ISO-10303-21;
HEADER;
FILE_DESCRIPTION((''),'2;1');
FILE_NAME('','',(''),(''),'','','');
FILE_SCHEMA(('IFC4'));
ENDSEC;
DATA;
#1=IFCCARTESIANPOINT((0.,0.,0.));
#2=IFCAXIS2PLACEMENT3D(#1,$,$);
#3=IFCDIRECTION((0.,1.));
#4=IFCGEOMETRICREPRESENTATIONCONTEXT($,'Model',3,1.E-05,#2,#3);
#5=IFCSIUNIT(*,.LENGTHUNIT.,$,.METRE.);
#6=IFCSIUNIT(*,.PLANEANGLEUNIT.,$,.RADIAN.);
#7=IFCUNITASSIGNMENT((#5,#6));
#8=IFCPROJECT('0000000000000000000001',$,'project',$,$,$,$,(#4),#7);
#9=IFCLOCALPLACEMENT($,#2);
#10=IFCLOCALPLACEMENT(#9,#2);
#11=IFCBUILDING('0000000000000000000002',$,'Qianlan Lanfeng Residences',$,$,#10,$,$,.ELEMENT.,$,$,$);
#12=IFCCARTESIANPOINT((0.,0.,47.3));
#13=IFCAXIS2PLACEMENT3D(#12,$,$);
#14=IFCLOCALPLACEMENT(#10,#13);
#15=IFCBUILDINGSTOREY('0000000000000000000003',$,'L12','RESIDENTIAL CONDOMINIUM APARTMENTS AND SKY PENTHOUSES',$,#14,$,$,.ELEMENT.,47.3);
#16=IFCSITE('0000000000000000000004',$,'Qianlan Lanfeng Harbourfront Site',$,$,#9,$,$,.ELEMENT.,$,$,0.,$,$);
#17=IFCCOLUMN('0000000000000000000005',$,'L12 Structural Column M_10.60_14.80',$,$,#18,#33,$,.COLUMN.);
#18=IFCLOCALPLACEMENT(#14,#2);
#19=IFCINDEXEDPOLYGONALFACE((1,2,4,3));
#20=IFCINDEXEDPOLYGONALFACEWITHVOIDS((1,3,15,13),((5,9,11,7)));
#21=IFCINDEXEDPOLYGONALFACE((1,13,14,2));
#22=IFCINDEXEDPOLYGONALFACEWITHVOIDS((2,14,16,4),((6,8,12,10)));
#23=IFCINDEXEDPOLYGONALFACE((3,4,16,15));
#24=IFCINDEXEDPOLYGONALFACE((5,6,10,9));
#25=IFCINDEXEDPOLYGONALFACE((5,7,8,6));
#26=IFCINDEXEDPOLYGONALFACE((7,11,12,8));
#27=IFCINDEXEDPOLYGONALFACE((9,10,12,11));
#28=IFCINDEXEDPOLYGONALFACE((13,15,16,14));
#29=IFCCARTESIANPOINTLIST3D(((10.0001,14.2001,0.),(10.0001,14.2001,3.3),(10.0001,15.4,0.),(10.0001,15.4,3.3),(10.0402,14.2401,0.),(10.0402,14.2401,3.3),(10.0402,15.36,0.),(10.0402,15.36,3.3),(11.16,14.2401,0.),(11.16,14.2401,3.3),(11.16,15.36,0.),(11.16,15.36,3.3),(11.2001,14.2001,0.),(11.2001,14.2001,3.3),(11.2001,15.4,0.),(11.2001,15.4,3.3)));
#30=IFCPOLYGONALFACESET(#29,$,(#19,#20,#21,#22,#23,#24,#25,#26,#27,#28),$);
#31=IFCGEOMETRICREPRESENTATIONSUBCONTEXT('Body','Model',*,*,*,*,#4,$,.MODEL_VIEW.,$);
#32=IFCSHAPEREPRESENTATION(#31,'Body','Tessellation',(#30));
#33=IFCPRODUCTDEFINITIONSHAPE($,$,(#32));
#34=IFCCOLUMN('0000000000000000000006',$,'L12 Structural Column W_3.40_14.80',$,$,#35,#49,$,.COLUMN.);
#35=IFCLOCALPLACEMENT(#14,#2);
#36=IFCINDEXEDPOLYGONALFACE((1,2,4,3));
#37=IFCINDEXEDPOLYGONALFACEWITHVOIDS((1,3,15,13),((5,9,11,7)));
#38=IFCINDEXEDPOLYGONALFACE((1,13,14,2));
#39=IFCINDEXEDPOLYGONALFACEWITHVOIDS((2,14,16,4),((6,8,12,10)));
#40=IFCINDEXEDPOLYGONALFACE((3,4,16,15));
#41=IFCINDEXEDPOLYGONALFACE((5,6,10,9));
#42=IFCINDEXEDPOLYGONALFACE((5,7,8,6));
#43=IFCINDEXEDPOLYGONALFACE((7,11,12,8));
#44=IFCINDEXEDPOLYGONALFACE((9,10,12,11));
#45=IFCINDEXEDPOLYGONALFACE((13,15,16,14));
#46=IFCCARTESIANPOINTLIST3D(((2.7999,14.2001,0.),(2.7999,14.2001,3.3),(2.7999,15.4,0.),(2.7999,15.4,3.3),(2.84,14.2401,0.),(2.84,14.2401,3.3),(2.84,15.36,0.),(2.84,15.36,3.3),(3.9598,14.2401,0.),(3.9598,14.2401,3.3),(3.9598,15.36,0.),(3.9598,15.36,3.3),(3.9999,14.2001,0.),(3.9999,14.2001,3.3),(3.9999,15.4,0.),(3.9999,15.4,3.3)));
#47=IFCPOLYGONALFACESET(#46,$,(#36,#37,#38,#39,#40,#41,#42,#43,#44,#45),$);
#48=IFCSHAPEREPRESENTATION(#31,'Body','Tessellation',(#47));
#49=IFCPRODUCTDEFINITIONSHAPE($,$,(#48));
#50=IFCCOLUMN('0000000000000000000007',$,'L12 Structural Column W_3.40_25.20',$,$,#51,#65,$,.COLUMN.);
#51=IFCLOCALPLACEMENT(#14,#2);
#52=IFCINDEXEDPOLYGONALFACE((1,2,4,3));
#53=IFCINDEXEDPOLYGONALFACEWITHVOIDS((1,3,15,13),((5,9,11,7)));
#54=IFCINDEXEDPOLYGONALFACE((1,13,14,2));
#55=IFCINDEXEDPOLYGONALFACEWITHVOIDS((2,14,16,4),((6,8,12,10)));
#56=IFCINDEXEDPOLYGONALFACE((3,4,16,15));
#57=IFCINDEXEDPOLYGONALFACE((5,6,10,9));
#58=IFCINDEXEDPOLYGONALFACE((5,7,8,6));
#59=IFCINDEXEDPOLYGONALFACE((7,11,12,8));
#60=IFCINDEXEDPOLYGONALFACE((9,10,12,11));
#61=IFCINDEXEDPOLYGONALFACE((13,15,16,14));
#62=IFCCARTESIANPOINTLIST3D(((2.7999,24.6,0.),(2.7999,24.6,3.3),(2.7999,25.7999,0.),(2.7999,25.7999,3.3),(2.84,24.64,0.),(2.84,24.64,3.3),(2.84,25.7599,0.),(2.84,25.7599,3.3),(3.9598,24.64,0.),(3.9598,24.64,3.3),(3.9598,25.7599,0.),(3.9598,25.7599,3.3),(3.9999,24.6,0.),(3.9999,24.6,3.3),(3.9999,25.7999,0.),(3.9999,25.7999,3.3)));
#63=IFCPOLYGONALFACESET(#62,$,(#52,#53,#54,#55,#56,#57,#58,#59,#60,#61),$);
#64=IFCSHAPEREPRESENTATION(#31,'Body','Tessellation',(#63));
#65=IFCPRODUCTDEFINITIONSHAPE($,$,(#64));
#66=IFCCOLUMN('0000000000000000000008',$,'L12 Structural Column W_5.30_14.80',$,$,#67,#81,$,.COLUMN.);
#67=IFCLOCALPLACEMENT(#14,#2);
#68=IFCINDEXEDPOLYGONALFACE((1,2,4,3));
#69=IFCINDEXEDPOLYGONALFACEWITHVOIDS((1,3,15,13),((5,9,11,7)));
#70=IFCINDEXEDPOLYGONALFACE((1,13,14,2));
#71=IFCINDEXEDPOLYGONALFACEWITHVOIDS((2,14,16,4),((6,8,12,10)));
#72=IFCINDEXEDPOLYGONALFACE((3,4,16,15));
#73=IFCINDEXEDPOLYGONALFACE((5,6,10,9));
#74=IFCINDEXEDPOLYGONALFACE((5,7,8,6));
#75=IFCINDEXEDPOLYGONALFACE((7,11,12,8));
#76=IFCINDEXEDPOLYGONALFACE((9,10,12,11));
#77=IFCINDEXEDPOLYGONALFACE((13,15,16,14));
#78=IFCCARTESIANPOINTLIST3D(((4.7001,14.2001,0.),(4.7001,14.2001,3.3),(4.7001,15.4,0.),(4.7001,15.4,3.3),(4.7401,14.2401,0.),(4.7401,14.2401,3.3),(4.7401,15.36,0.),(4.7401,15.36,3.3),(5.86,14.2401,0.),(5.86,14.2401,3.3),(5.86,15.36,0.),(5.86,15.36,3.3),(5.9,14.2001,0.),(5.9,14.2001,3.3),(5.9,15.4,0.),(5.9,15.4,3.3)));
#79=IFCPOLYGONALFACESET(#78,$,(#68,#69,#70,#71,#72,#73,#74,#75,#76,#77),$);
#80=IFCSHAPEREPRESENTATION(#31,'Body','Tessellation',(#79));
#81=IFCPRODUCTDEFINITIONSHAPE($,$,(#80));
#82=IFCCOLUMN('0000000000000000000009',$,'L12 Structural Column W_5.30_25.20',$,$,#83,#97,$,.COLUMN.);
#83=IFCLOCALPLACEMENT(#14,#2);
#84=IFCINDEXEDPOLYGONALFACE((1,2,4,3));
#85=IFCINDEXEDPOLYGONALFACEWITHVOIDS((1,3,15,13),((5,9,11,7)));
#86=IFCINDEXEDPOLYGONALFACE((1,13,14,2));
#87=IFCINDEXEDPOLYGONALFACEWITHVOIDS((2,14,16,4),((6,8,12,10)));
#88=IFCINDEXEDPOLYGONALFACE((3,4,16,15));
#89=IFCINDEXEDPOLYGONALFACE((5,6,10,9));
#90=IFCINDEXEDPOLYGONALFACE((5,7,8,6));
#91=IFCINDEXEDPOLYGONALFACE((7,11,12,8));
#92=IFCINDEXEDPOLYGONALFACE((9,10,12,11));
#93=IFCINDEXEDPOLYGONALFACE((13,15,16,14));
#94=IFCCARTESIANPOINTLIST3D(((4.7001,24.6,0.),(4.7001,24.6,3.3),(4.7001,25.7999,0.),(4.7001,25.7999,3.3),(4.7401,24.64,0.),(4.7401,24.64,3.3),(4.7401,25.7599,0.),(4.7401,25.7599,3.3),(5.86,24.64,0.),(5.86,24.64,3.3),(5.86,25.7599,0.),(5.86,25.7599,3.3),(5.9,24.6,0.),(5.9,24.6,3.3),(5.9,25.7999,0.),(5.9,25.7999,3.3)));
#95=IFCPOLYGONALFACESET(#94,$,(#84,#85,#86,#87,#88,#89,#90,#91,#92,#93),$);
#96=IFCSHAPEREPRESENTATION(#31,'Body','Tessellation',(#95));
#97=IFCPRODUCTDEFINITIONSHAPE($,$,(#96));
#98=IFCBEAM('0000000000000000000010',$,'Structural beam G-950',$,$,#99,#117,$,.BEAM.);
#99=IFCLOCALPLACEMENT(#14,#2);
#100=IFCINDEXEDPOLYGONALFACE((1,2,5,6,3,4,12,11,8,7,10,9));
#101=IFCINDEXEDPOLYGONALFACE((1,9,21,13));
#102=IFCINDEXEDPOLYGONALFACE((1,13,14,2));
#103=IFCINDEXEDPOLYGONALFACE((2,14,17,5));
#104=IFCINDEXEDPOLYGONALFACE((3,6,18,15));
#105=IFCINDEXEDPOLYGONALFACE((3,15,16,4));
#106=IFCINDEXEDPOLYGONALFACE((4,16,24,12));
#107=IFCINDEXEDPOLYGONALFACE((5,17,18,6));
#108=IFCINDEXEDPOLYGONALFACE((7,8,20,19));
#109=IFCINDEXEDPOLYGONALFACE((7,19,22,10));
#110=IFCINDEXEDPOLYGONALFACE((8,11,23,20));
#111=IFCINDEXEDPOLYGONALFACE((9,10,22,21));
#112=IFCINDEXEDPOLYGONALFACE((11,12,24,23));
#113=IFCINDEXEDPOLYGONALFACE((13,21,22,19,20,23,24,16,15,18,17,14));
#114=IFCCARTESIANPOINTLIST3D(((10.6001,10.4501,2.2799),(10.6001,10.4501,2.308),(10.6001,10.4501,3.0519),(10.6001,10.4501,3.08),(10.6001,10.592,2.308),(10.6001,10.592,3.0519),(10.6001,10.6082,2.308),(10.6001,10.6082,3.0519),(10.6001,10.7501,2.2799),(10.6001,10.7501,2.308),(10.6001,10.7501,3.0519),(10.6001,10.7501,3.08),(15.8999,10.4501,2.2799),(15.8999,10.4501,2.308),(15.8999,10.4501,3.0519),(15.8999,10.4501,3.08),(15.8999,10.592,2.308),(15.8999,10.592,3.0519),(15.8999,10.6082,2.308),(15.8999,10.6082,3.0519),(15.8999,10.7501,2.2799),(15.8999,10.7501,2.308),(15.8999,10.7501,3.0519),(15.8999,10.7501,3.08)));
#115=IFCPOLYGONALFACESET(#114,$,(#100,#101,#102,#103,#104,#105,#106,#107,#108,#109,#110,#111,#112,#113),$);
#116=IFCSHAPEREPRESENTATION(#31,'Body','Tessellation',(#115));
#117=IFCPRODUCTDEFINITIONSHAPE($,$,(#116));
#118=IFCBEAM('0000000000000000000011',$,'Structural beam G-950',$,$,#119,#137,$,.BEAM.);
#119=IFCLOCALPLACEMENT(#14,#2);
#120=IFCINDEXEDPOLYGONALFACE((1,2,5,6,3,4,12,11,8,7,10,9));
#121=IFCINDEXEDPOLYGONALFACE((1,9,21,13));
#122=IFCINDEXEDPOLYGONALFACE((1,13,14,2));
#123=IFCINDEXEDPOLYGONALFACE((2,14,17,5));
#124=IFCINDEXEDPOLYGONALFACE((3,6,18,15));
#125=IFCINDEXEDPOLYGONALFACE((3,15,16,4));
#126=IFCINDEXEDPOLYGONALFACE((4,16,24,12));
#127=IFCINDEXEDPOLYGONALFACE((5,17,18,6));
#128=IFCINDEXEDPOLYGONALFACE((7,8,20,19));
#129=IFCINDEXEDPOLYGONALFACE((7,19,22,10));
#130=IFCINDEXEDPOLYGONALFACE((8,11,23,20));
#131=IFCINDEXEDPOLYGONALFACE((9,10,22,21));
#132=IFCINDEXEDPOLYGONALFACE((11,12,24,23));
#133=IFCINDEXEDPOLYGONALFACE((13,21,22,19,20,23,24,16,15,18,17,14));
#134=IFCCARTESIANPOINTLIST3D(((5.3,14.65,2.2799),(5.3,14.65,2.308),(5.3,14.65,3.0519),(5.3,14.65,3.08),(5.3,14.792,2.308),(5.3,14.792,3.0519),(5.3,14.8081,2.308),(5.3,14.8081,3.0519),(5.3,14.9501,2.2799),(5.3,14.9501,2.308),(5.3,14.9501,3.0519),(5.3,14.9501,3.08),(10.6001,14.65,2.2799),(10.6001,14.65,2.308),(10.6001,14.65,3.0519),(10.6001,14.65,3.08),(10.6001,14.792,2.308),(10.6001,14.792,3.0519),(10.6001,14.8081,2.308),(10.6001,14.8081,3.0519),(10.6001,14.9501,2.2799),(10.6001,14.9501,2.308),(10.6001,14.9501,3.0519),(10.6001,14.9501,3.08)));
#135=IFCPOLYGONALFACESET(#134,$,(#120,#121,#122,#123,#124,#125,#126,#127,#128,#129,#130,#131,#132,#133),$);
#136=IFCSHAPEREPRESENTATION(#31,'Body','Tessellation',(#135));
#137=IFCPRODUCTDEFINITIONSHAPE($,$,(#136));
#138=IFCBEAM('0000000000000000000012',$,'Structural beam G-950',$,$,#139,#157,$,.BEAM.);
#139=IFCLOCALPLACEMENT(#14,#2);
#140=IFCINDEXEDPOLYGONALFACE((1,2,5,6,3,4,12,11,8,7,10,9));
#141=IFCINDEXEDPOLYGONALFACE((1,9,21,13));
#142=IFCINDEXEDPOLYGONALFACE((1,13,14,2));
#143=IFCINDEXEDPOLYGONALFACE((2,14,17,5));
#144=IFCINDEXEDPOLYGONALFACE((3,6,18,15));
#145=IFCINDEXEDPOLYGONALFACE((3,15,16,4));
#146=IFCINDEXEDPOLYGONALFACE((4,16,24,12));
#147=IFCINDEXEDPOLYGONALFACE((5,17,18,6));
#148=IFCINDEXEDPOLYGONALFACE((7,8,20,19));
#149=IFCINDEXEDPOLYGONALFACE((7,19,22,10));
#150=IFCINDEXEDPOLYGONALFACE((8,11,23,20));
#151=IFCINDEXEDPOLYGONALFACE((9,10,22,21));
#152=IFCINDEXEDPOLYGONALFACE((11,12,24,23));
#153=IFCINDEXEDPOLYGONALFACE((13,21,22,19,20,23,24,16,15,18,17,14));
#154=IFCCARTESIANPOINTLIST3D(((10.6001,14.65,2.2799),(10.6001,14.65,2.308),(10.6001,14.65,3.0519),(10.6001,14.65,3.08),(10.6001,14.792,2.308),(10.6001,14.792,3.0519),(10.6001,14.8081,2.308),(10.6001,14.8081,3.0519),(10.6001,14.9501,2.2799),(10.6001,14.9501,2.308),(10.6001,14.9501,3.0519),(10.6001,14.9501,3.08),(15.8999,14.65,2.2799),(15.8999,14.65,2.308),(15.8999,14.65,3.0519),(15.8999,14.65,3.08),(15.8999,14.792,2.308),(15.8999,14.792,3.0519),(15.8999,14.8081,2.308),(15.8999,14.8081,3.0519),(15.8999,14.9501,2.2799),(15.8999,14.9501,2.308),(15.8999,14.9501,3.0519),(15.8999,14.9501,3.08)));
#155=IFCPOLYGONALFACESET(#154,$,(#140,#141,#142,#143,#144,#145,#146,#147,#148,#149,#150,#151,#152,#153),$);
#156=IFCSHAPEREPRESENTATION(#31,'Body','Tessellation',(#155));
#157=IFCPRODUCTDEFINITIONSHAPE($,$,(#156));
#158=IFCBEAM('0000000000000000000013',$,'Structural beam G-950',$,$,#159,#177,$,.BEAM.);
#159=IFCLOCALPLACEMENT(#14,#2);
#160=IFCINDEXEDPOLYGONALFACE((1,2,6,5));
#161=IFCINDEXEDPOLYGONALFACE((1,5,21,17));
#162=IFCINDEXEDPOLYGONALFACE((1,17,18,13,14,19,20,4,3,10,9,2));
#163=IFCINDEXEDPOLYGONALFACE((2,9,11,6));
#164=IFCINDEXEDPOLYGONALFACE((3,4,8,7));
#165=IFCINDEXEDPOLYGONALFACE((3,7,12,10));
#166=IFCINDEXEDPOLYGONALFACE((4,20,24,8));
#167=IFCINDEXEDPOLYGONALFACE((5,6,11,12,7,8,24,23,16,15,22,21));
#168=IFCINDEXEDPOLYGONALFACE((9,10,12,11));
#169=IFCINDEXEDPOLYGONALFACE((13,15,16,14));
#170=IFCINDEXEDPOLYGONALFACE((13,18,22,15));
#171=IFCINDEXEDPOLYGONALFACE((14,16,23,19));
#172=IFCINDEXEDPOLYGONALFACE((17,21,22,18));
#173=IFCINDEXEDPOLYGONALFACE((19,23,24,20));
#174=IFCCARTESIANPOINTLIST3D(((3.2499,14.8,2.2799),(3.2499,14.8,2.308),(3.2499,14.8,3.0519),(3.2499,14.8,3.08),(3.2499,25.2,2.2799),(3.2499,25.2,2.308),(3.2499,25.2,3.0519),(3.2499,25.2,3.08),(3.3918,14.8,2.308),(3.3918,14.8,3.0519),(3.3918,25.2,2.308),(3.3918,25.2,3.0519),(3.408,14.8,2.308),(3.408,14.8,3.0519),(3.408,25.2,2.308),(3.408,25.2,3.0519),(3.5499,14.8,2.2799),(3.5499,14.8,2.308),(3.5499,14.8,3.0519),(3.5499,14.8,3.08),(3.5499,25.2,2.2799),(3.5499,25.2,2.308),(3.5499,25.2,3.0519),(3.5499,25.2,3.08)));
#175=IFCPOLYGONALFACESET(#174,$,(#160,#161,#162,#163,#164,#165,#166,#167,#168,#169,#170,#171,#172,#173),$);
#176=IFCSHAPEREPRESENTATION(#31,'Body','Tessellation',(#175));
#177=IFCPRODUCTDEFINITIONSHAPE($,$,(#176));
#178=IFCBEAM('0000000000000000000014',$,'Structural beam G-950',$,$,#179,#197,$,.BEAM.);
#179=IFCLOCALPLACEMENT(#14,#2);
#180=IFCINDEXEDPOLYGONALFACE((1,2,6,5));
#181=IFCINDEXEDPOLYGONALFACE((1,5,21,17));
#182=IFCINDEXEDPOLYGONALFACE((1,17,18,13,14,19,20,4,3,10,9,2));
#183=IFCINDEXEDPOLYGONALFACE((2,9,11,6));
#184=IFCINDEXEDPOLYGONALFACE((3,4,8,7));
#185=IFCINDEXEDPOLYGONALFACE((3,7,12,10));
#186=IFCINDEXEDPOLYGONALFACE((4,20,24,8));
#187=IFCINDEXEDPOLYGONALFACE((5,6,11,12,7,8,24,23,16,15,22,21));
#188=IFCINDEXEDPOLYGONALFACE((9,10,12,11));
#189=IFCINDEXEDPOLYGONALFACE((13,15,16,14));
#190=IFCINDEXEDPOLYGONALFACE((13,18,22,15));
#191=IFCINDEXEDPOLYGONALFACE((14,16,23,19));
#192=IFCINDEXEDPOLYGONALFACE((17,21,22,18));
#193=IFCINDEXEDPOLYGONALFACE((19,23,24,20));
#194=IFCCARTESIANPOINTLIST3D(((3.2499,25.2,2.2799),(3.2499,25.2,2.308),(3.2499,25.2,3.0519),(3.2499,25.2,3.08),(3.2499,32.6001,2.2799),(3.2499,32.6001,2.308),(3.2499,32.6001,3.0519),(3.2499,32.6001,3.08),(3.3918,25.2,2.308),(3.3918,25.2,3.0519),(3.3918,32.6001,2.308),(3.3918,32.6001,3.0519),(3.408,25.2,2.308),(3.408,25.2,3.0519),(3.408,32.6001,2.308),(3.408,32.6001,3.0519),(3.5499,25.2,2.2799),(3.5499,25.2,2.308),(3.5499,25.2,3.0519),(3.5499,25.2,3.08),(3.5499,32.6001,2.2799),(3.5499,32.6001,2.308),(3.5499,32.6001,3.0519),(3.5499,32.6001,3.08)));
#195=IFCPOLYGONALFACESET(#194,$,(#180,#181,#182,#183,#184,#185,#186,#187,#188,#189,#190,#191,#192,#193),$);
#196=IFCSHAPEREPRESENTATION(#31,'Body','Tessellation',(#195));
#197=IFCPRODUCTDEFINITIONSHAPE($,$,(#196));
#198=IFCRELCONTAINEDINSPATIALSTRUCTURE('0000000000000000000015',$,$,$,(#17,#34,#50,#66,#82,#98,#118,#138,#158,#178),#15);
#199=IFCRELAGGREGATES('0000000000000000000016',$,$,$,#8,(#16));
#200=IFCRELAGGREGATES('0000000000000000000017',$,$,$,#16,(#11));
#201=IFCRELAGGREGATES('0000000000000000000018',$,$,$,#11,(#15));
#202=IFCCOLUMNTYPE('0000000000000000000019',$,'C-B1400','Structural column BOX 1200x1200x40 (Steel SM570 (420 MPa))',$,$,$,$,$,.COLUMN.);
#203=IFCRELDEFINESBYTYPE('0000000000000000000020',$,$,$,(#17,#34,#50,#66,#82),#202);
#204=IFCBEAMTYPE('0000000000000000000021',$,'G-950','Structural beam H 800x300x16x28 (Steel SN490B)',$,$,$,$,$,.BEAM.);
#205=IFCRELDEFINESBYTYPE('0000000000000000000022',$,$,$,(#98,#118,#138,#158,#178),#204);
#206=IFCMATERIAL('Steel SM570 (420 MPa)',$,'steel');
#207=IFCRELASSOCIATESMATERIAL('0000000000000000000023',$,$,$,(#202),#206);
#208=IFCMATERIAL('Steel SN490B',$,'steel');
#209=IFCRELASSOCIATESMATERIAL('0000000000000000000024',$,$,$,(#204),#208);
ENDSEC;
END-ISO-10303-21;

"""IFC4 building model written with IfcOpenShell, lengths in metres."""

from ifc_helpers import new_model, si_unit, direction, frame, origin, origin_2d, place, context, subcontext, project, spatial, hollow_rectangle, i_section, extrude, material, material_profile, profile_set, type_object, element, save


model = new_model("IFC4")

# Units and contexts
model_context = context("Model", 3, precision=1e-05, world=origin(), true_north=direction((0.0, 1.0)))
body_context = subcontext(model_context, "Body", "Model", "MODEL_VIEW")
ifc_project = project(units=[si_unit("LENGTHUNIT", "METRE"), si_unit("PLANEANGLEUNIT", "RADIAN")], contexts=[model_context])

# Site, building, storey
site_placement = place(None, origin())
site = spatial("IfcSite", under=ifc_project, at=site_placement, Name="Qianlan Lanfeng Harbourfront Site", CompositionType="ELEMENT", RefElevation=0.0)
building_placement = place(site_placement, origin())
building = spatial("IfcBuilding", under=site, at=building_placement, Name="Qianlan Lanfeng Residences", CompositionType="ELEMENT")
storey_placement = place(building_placement, frame((0.0, 0.0, 47.3)))
storey = spatial("IfcBuildingStorey", under=building, at=storey_placement, Name="L12", Description="RESIDENTIAL CONDOMINIUM APARTMENTS AND SKY PENTHOUSES", CompositionType="ELEMENT", Elevation=47.3)

# Columns
ifc_material_1 = material(Name="Steel SM570 (420 MPa)", Category="steel")
ifc_material_profile_1 = material_profile(ifc_material_1, hollow_rectangle(XDim=1.2, YDim=1.2, WallThickness=0.04, at=origin_2d()), Name="BOX 1200x1200x40")
ifc_profile_set_1 = profile_set([ifc_material_profile_1], Name="Steel SM570 (420 MPa)")
column_type = type_object("IfcColumnType", Name="C-B1400", Description="Structural column BOX 1200x1200x40 (Steel SM570 (420 MPa))", PredefinedType="COLUMN", material=ifc_profile_set_1)
for number, where, z_axis, x_axis, name in (
    (1, (10.6001, 14.8, 0.0), (0.0, 0.0, 1.0), (1.0, 0.0, 0.0), "L12 Structural Column M_10.60_14.80"),
    (2, (3.3999, 14.8, 0.0), (0.0, 0.0, 1.0), (1.0, 0.0, 0.0), "L12 Structural Column W_3.40_14.80"),
    (3, (3.3999, 25.2, 0.0), (0.0, 0.0, 1.0), (1.0, 0.0, 0.0), "L12 Structural Column W_3.40_25.20"),
    (4, (5.3, 14.8, 0.0), (0.0, 0.0, 1.0), (1.0, 0.0, 0.0), "L12 Structural Column W_5.30_14.80"),
    (5, (5.3, 25.2, 0.0), (0.0, 0.0, 1.0), (1.0, 0.0, 0.0), "L12 Structural Column W_5.30_25.20"),
):
    element("IfcColumn", number, at=place(storey_placement, frame(where, z_axis=z_axis, x_axis=x_axis)), inside=storey, type_object=column_type, Name=name, PredefinedType="COLUMN", context=body_context, shape_type="SweptSolid", body=[
        extrude(hollow_rectangle(XDim=1.2, YDim=1.2, WallThickness=0.04, at=origin_2d()), origin(), (0.0, 0.0, 1.0), 3.3),
    ])

# Beams
ifc_material_2 = material(Name="Steel SN490B", Category="steel")
ifc_material_profile_2 = material_profile(ifc_material_2, i_section(OverallWidth=0.3, OverallDepth=0.8, WebThickness=0.0161, FlangeThickness=0.0281, at=origin_2d()), Name="H 800x300x16x28")
ifc_profile_set_2 = profile_set([ifc_material_profile_2], Name="Steel SN490B")
beam_type_1 = type_object("IfcBeamType", Name="G-950", Description="Structural beam H 800x300x16x28 (Steel SN490B)", PredefinedType="BEAM", material=ifc_profile_set_2)
beam_1_placement = place(storey_placement, frame((10.6001, 10.6001, 2.6799), z_axis=(1.0, 0.0, 0.0), x_axis=(0.0, 1.0, 0.0)))
element("IfcBeam", 6, at=beam_1_placement, inside=storey, type_object=beam_type_1, Name="Structural beam G-950", PredefinedType="BEAM", context=body_context, shape_type="SweptSolid", body=[
    extrude(i_section(OverallWidth=0.3, OverallDepth=0.8, WebThickness=0.0161, FlangeThickness=0.0281, at=origin_2d()), origin(), (0.0, 0.0, 1.0), 5.2998),
])
beam_2_placement = place(storey_placement, frame((5.3, 14.8, 2.6799), z_axis=(1.0, 0.0, 0.0), x_axis=(0.0, 1.0, 0.0)))
element("IfcBeam", 7, at=beam_2_placement, inside=storey, type_object=beam_type_1, Name="Structural beam G-950", PredefinedType="BEAM", context=body_context, shape_type="SweptSolid", body=[
    extrude(i_section(OverallWidth=0.3, OverallDepth=0.8, WebThickness=0.0161, FlangeThickness=0.0281, at=origin_2d()), origin(), (0.0, 0.0, 1.0), 5.3),
])
beam_3_placement = place(storey_placement, frame((10.6001, 14.8, 2.6799), z_axis=(1.0, 0.0, 0.0), x_axis=(0.0, 1.0, 0.0)))
element("IfcBeam", 8, at=beam_3_placement, inside=storey, type_object=beam_type_1, Name="Structural beam G-950", PredefinedType="BEAM", context=body_context, shape_type="SweptSolid", body=[
    extrude(i_section(OverallWidth=0.3, OverallDepth=0.8, WebThickness=0.0161, FlangeThickness=0.0281, at=origin_2d()), origin(), (0.0, 0.0, 1.0), 5.2998),
])
beam_4_placement = place(storey_placement, frame((3.3999, 14.8, 2.6799), z_axis=(0.0, 1.0, 0.0), x_axis=(-1.0, 0.0, 0.0)))
element("IfcBeam", 9, at=beam_4_placement, inside=storey, type_object=beam_type_1, Name="Structural beam G-950", PredefinedType="BEAM", context=body_context, shape_type="SweptSolid", body=[
    extrude(i_section(OverallWidth=0.3, OverallDepth=0.8, WebThickness=0.0161, FlangeThickness=0.0281, at=origin_2d()), origin(), (0.0, 0.0, 1.0), 10.3999),
])
beam_5_placement = place(storey_placement, frame((3.3999, 25.2, 2.6799), z_axis=(0.0, 1.0, 0.0), x_axis=(-1.0, 0.0, 0.0)))
element("IfcBeam", 10, at=beam_5_placement, inside=storey, type_object=beam_type_1, Name="Structural beam G-950", PredefinedType="BEAM", context=body_context, shape_type="SweptSolid", body=[
    extrude(i_section(OverallWidth=0.3, OverallDepth=0.8, WebThickness=0.0161, FlangeThickness=0.0281, at=origin_2d()), origin(), (0.0, 0.0, 1.0), 7.4001),
])

save(model, "model.ifc")
